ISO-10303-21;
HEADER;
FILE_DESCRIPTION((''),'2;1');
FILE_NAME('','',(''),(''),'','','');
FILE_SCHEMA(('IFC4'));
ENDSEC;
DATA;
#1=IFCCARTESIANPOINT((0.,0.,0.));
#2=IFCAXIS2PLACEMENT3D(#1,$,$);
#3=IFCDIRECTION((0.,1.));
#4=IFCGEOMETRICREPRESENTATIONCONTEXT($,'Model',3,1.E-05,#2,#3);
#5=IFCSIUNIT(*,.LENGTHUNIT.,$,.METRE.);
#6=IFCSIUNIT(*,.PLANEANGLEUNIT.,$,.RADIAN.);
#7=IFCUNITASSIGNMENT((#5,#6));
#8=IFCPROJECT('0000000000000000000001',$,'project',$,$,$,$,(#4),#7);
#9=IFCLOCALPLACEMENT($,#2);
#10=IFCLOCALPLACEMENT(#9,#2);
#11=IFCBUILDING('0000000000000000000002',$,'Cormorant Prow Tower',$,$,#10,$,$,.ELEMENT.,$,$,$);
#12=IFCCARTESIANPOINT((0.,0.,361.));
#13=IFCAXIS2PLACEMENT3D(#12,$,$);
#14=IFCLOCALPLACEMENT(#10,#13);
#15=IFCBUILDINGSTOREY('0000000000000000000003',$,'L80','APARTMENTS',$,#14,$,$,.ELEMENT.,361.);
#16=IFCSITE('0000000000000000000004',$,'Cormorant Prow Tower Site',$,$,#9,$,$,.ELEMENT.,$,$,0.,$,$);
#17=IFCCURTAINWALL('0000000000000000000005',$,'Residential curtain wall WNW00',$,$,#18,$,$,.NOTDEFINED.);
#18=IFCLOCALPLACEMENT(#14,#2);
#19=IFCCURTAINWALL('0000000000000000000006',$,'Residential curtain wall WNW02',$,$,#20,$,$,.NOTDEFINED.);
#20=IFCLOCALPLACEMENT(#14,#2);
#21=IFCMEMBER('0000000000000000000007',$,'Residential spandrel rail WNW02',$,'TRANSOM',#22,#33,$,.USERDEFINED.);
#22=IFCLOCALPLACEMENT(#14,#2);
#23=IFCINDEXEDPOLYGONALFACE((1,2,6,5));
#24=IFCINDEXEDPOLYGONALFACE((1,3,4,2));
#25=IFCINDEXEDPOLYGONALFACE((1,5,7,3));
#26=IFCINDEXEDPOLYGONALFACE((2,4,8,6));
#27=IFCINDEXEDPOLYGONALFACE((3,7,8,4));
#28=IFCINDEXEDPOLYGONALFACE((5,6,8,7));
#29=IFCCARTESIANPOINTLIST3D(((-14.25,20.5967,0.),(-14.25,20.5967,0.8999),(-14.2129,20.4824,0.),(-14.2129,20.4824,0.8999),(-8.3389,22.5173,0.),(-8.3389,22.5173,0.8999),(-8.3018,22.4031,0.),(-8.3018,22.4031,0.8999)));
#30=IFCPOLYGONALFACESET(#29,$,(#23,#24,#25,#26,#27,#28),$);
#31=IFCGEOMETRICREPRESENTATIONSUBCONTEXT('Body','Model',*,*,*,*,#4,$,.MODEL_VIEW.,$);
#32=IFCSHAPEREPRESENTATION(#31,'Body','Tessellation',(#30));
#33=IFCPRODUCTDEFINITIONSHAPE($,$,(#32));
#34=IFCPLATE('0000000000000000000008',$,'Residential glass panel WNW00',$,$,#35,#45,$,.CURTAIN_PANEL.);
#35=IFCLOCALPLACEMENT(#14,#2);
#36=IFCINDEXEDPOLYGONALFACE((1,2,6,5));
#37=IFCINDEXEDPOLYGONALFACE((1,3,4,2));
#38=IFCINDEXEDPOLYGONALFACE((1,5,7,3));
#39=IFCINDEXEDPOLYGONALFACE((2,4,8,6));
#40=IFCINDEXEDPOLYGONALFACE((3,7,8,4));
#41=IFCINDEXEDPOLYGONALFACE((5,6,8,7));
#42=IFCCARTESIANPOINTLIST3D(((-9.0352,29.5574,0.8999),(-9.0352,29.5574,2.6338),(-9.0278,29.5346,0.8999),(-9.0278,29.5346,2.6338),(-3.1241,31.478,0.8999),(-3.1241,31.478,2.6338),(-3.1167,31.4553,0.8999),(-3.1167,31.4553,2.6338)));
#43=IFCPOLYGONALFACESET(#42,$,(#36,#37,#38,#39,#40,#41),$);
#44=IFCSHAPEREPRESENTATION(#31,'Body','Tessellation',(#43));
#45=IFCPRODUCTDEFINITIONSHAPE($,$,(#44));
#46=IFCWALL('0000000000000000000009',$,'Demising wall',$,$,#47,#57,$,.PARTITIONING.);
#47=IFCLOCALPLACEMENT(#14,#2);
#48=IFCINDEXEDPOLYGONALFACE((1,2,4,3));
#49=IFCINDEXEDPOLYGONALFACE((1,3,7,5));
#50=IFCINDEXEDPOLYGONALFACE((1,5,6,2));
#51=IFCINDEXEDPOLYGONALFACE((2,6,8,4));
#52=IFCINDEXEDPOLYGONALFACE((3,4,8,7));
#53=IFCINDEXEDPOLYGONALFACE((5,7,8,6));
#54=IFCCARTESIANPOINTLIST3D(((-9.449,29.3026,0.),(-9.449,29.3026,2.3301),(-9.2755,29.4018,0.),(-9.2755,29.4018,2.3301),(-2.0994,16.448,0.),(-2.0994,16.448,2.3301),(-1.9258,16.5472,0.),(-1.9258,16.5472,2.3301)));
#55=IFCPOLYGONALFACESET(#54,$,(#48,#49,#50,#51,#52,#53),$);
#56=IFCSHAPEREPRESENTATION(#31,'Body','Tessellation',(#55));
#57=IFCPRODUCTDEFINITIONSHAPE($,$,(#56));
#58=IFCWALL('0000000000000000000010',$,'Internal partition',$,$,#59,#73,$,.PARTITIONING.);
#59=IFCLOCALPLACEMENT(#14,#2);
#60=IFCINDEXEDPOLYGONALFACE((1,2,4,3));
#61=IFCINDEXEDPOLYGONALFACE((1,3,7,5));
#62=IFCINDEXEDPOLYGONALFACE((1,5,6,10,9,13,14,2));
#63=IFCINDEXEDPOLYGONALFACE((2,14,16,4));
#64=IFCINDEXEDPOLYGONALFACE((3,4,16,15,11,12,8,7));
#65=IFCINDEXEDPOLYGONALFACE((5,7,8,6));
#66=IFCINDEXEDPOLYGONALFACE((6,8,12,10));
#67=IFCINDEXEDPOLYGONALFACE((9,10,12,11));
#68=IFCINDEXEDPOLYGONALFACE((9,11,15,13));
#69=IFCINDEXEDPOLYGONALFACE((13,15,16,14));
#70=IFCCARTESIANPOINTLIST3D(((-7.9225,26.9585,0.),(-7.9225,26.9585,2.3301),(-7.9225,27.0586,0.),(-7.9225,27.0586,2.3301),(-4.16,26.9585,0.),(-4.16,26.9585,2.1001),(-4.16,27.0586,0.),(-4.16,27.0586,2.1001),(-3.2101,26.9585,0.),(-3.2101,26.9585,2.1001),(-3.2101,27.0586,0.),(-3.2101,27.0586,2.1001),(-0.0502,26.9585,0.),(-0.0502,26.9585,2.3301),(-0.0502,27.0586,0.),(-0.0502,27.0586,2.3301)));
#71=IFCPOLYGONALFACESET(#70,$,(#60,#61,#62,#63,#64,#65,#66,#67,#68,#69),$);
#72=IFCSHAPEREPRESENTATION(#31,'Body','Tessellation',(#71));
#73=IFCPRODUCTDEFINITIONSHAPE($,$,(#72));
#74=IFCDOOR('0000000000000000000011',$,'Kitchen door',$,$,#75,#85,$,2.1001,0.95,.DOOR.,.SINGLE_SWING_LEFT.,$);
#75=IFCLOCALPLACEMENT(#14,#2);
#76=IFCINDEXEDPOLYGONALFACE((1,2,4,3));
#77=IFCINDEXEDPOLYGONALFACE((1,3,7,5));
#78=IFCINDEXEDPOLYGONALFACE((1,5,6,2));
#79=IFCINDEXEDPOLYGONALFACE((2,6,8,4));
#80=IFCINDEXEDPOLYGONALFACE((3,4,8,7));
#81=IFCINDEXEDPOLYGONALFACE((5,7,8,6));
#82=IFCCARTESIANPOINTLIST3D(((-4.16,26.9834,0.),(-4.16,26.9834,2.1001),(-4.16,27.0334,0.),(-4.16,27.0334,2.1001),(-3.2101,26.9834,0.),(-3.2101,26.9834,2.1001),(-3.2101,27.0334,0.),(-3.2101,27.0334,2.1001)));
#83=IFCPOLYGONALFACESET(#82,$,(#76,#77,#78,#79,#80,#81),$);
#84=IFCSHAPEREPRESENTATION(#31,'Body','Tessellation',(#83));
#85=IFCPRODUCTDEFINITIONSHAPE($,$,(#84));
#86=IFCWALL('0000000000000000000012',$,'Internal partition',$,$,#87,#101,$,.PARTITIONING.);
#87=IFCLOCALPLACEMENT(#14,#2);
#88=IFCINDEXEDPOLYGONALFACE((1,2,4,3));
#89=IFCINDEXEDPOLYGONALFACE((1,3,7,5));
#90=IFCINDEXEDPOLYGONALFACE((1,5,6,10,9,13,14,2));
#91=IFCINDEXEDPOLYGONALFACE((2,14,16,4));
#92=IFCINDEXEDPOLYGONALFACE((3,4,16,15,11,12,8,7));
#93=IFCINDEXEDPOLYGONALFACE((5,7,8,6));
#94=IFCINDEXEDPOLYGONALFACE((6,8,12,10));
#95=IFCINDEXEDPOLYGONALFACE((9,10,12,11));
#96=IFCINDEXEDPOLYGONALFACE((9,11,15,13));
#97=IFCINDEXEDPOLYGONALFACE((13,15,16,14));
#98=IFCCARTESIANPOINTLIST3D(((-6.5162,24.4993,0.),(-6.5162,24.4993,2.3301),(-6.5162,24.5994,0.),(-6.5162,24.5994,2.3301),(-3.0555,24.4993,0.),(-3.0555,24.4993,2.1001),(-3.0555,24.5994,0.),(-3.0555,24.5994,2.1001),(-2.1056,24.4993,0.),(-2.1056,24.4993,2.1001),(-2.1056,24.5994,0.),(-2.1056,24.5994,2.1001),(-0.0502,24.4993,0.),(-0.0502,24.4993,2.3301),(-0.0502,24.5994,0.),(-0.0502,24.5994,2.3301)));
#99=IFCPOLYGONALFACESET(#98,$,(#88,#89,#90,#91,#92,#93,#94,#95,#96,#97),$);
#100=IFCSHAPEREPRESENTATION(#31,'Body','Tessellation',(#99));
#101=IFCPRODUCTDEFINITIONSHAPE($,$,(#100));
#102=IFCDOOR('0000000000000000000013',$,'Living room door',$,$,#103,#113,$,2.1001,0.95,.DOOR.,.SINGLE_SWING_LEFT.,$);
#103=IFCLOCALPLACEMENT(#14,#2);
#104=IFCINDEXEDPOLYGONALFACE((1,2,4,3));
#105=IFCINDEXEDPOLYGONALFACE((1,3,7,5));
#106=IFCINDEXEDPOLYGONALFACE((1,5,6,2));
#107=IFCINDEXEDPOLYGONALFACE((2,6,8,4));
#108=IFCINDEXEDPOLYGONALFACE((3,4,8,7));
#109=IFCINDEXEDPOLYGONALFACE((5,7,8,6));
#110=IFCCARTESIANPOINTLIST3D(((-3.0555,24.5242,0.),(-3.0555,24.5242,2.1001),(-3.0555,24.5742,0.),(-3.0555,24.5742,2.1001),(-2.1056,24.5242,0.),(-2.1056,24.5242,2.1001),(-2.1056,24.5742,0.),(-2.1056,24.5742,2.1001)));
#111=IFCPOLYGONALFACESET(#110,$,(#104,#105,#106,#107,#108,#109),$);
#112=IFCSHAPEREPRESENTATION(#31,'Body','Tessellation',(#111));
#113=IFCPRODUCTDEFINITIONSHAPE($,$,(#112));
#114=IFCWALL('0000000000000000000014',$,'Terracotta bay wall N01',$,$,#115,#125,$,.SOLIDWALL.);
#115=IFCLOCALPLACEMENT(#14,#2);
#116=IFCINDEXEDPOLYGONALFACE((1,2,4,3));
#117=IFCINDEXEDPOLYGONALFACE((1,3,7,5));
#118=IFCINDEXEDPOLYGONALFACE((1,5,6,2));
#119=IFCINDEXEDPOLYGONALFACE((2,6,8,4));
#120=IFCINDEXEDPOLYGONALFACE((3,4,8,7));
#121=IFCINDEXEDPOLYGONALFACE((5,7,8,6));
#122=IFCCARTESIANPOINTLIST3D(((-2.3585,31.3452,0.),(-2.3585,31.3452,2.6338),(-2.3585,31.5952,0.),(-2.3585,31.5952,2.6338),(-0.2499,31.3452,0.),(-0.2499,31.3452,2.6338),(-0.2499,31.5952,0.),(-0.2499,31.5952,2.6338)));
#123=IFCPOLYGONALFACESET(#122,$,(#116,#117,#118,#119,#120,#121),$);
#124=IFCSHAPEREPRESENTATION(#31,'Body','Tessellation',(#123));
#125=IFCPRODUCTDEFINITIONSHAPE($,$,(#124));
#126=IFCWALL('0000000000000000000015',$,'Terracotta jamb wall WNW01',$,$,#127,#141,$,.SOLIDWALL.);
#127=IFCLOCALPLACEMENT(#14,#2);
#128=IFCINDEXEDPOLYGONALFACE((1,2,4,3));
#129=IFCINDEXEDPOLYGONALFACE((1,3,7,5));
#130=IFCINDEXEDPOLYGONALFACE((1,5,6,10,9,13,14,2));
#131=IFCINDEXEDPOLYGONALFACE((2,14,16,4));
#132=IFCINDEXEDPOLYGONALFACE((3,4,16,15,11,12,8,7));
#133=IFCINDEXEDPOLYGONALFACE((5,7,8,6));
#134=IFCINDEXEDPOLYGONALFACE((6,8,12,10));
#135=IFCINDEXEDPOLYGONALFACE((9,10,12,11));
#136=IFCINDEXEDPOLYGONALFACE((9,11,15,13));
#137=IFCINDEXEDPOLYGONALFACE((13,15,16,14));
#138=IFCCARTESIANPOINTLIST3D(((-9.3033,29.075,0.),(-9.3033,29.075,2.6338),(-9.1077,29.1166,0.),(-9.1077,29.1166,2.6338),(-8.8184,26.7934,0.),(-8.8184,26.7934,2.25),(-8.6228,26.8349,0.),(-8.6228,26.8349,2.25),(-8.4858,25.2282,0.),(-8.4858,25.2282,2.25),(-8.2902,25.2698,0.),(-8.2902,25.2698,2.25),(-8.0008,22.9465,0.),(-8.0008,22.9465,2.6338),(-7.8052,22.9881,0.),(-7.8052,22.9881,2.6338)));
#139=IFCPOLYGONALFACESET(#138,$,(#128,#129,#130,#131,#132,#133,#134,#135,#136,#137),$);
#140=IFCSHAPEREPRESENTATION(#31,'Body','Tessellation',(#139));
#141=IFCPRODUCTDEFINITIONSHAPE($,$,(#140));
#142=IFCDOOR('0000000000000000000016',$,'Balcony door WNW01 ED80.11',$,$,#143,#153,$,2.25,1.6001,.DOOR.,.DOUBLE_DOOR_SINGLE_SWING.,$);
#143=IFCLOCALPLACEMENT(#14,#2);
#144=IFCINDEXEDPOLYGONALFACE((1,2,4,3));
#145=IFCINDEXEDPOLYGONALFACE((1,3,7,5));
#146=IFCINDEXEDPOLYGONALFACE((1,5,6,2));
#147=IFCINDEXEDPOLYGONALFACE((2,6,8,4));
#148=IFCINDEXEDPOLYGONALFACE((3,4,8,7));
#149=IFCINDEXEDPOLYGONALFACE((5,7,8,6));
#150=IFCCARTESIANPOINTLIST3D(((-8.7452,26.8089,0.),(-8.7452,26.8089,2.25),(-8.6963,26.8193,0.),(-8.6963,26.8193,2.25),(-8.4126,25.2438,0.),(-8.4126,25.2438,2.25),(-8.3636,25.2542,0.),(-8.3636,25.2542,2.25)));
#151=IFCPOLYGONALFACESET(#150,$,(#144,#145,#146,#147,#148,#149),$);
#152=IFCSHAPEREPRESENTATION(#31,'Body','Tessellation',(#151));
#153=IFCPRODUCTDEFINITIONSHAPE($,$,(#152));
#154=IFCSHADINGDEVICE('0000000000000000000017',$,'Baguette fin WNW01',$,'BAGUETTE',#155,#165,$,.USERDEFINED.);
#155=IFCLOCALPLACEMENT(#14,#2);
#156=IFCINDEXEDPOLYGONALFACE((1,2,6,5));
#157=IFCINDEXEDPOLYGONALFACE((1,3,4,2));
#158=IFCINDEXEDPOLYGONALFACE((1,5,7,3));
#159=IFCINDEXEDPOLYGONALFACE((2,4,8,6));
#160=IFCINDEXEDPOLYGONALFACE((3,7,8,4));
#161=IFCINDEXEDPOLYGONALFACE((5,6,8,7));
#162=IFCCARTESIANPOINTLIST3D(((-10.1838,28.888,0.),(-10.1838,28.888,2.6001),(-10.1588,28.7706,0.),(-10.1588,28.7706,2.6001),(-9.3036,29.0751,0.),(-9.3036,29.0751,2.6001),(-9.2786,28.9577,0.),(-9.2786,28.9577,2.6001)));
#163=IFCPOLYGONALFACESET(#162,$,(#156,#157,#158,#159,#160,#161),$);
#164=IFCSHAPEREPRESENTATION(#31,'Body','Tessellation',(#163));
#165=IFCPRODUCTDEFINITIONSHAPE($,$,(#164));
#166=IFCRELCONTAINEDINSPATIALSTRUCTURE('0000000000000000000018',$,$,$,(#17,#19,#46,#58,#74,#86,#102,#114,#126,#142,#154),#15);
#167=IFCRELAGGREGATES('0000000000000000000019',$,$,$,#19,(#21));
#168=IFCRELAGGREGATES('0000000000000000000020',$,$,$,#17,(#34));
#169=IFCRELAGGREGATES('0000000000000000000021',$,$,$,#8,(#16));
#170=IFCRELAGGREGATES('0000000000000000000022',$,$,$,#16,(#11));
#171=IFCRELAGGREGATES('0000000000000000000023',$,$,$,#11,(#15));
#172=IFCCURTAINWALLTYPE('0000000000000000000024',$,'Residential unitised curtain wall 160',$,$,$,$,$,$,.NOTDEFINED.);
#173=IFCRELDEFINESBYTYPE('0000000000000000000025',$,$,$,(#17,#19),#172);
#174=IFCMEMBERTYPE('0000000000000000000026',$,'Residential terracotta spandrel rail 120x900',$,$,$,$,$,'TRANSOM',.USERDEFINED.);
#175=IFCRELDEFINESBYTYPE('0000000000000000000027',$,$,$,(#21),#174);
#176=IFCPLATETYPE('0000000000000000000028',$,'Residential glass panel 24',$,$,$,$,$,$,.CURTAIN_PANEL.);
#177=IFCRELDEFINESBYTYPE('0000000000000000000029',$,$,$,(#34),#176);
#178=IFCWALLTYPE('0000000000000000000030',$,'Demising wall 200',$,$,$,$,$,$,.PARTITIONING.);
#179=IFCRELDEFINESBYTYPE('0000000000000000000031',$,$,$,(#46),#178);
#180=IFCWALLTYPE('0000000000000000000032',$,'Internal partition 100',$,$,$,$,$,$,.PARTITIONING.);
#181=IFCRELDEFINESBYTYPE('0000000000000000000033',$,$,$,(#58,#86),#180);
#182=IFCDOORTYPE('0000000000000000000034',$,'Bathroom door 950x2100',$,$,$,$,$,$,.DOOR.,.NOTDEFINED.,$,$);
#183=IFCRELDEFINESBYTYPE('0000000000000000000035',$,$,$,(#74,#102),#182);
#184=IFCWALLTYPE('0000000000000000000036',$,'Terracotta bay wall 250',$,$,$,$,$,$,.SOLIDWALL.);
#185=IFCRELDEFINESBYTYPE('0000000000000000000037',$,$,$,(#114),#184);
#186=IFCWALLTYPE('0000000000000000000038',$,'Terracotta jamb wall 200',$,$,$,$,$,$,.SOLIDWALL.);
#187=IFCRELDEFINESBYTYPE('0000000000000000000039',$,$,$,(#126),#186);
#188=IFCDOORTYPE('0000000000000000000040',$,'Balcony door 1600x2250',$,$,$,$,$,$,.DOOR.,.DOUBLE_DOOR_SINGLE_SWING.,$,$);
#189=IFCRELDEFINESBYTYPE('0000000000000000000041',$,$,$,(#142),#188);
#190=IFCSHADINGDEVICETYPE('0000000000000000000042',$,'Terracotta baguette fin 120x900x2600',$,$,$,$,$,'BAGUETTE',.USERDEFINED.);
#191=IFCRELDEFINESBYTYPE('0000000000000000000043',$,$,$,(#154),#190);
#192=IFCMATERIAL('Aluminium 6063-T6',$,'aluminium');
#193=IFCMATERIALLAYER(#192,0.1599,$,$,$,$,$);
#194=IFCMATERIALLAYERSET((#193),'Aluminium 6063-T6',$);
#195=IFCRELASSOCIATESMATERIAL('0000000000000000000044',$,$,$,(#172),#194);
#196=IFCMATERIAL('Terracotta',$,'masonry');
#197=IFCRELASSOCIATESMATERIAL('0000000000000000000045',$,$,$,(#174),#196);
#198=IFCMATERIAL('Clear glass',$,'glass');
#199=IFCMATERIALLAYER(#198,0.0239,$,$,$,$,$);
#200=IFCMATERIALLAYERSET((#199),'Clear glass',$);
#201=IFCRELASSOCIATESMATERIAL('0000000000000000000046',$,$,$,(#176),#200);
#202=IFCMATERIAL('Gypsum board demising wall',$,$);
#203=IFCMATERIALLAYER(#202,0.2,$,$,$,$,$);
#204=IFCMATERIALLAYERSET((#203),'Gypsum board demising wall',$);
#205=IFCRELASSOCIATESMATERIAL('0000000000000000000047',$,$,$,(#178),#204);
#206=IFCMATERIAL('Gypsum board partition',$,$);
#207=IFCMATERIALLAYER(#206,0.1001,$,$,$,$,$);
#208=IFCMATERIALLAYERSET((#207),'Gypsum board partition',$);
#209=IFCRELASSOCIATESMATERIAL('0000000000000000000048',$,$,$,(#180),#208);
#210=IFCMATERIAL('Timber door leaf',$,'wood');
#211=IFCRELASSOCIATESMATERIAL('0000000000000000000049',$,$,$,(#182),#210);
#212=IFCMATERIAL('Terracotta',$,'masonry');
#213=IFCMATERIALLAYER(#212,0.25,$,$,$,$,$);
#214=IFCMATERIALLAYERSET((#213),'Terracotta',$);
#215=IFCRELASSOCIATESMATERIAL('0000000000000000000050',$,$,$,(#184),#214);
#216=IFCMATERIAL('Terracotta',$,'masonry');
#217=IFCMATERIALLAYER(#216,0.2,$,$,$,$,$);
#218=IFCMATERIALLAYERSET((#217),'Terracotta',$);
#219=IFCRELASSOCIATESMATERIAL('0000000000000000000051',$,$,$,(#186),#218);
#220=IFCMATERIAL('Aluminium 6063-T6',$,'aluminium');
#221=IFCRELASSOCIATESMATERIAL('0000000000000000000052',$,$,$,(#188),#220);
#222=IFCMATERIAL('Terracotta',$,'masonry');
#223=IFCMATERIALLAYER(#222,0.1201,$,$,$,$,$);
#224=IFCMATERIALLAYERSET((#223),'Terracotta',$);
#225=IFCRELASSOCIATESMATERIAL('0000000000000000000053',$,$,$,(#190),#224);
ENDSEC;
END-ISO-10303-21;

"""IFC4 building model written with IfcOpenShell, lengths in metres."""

from ifc_helpers import new_model, si_unit, direction, frame, frame_2d, origin, origin_2d, place, context, subcontext, project, spatial, rectangle, extrude, material, layer, layer_set, material_profile, profile_set, type_object, element, fill, aggregate, save


model = new_model("IFC4")

# Units and contexts
model_context = context("Model", 3, precision=1e-05, world=origin(), true_north=direction((0.0, 1.0)))
body_context = subcontext(model_context, "Body", "Model", "MODEL_VIEW")
ifc_project = project(units=[si_unit("LENGTHUNIT", "METRE"), si_unit("PLANEANGLEUNIT", "RADIAN")], contexts=[model_context])

# Site, building, storey
site_placement = place(None, origin())
site = spatial("IfcSite", under=ifc_project, at=site_placement, Name="Cormorant Prow Tower Site", CompositionType="ELEMENT", RefElevation=0.0)
building_placement = place(site_placement, origin())
building = spatial("IfcBuilding", under=site, at=building_placement, Name="Cormorant Prow Tower", CompositionType="ELEMENT")
storey_placement = place(building_placement, frame((0.0, 0.0, 361.0)))
storey = spatial("IfcBuildingStorey", under=building, at=storey_placement, Name="L80", Description="APARTMENTS", CompositionType="ELEMENT", Elevation=361.0)

# Curtain walls
ifc_material_1 = material(Name="Aluminium 6063-T6", Category="aluminium")
ifc_layer_1 = layer(ifc_material_1, 0.1599)
ifc_layer_set_1 = layer_set([ifc_layer_1], Name="Aluminium 6063-T6")
curtain_wall_type = type_object("IfcCurtainWallType", Name="Residential unitised curtain wall 160", PredefinedType="NOTDEFINED", material=ifc_layer_set_1)
curtain_wall_1_placement = place(storey_placement, origin())
curtain_wall_1 = element("IfcCurtainWall", 1, at=curtain_wall_1_placement, inside=storey, type_object=curtain_wall_type, Name="Residential curtain wall WNW00", PredefinedType="NOTDEFINED")
curtain_wall_2_placement = place(storey_placement, origin())
curtain_wall_2 = element("IfcCurtainWall", 2, at=curtain_wall_2_placement, inside=storey, type_object=curtain_wall_type, Name="Residential curtain wall WNW02", PredefinedType="NOTDEFINED")

# Member
ifc_material_2 = material(Name="Terracotta", Category="masonry")
ifc_material_profile_1 = material_profile(ifc_material_2, rectangle(XDim=0.1201, YDim=0.8999, at=origin_2d()), Name="Residential terracotta spandrel rail 120x900")
ifc_profile_set_1 = profile_set([ifc_material_profile_1], Name="Terracotta")
member_type_1 = type_object("IfcMemberType", Name="Residential terracotta spandrel rail 120x900", ElementType="TRANSOM", PredefinedType="USERDEFINED", material=ifc_profile_set_1)
member_1_placement = place(storey_placement, frame((-8.3203, 22.4602, 0.45), z_axis=(-0.951056, -0.309019, 0.0), x_axis=(0.309019, -0.951056, 0.0)))
member_1 = element("IfcMember", 3, at=member_1_placement, type_object=member_type_1, Name="Residential spandrel rail WNW02", ObjectType="TRANSOM", PredefinedType="USERDEFINED", context=body_context, shape_type="SweptSolid", body=[
    extrude(rectangle(XDim=0.1201, YDim=0.8999, at=origin_2d()), origin(), (0.0, 0.0, 1.0), 6.2153),
])
aggregate(curtain_wall_2, [member_1])

# Plate
ifc_material_3 = material(Name="Clear glass", Category="glass")
ifc_layer_2 = layer(ifc_material_3, 0.0239)
ifc_layer_set_2 = layer_set([ifc_layer_2], Name="Clear glass")
plate_type = type_object("IfcPlateType", Name="Residential glass panel 24", PredefinedType="CURTAIN_PANEL", material=ifc_layer_set_2)
plate_placement = place(storey_placement, frame((-6.0759, 30.5063, 0.8999), z_axis=(0.0, 0.0, 1.0), x_axis=(-0.951057, -0.309017, 0.0)))
plate = element("IfcPlate", 4, at=plate_placement, type_object=plate_type, Name="Residential glass panel WNW00", PredefinedType="CURTAIN_PANEL", context=body_context, shape_type="SweptSolid", body=[
    extrude(rectangle(XDim=6.2153, YDim=0.0239, at=origin_2d()), origin(), (0.0, 0.0, 1.0), 1.7339),
])
aggregate(curtain_wall_1, [plate])

# Wall
ifc_material_4 = material(Name="Gypsum board demising wall")
ifc_layer_3 = layer(ifc_material_4, 0.2)
ifc_layer_set_3 = layer_set([ifc_layer_3], Name="Gypsum board demising wall")
wall_type_1 = type_object("IfcWallType", Name="Demising wall 200", PredefinedType="PARTITIONING", material=ifc_layer_set_3)
wall_1_placement = place(storey_placement, frame((-9.3623, 29.3523, 0.0), z_axis=(0.0, 0.0, 1.0), x_axis=(0.496352, -0.868121, 0.0)))
element("IfcWall", 5, at=wall_1_placement, inside=storey, type_object=wall_type_1, Name="Demising wall", PredefinedType="PARTITIONING", context=body_context, shape_type="SweptSolid", body=[
    extrude(rectangle(XDim=14.8074, YDim=0.2, at=frame_2d((7.4038, 0.0))), origin(), (0.0, 0.0, 1.0), 2.3301),
])

# Walls, openings, doors
ifc_material_5 = material(Name="Gypsum board partition")
ifc_layer_4 = layer(ifc_material_5, 0.1001)
ifc_layer_set_4 = layer_set([ifc_layer_4], Name="Gypsum board partition")
wall_type_2 = type_object("IfcWallType", Name="Internal partition 100", PredefinedType="PARTITIONING", material=ifc_layer_set_4)
wall_2_placement = place(storey_placement, frame((-7.9224, 27.0085, 0.0), z_axis=(0.0, 0.0, 1.0), x_axis=(1.0, 0.0, 0.0)))
wall_2 = element("IfcWall", 6, at=wall_2_placement, inside=storey, type_object=wall_type_2, Name="Internal partition", PredefinedType="PARTITIONING", context=body_context, shape_type="SweptSolid", body=[
    extrude(rectangle(XDim=7.8723, YDim=0.1001, at=frame_2d((3.936, 0.0))), origin(), (0.0, 0.0, 1.0), 2.3301),
])
opening_1_placement = place(wall_2_placement, frame((3.7622, 0.0, 0.0)))
opening_1 = element("IfcOpeningElement", 7, at=opening_1_placement, cuts=wall_2, PredefinedType="OPENING", context=body_context, shape_type="SweptSolid", body=[
    extrude(rectangle(XDim=0.95, YDim=2.1001, at=frame_2d((0.4751, 1.05))), frame((0.0, 0.0601, 0.0), z_axis=(0.0, -1.0, 0.0), x_axis=(1.0, 0.0, 0.0)), (0.0, 0.0, 1.0), 0.1201),
])
ifc_material_6 = material(Name="Timber door leaf", Category="wood")
door_type_1 = type_object("IfcDoorType", Name="Bathroom door 950x2100", OperationType="NOTDEFINED", PredefinedType="DOOR", material=ifc_material_6)
door_1_placement = place(opening_1_placement, origin())
door_1 = element("IfcDoor", 8, at=door_1_placement, inside=storey, type_object=door_type_1, Name="Kitchen door", OperationType="SINGLE_SWING_LEFT", OverallHeight=2.1001, OverallWidth=0.95, PredefinedType="DOOR", context=body_context, shape_type="SweptSolid", body=[
    extrude(rectangle(XDim=0.95, YDim=2.1001, at=frame_2d((0.4751, 1.05))), frame((0.0, 0.0249, 0.0), z_axis=(0.0, -1.0, 0.0), x_axis=(1.0, 0.0, 0.0)), (0.0, 0.0, 1.0), 0.05),
])
fill(opening_1, door_1)
wall_3_placement = place(storey_placement, frame((-6.5161, 24.5493, 0.0), z_axis=(0.0, 0.0, 1.0), x_axis=(1.0, 0.0, 0.0)))
wall_3 = element("IfcWall", 9, at=wall_3_placement, inside=storey, type_object=wall_type_2, Name="Internal partition", PredefinedType="PARTITIONING", context=body_context, shape_type="SweptSolid", body=[
    extrude(rectangle(XDim=6.4661, YDim=0.1001, at=frame_2d((3.2329, 0.0))), origin(), (0.0, 0.0, 1.0), 2.3301),
])
opening_2_placement = place(wall_3_placement, frame((3.4604, 0.0, 0.0)))
opening_2 = element("IfcOpeningElement", 10, at=opening_2_placement, cuts=wall_3, PredefinedType="OPENING", context=body_context, shape_type="SweptSolid", body=[
    extrude(rectangle(XDim=0.95, YDim=2.1001, at=frame_2d((0.4751, 1.05))), frame((0.0, 0.0601, 0.0), z_axis=(0.0, -1.0, 0.0), x_axis=(1.0, 0.0, 0.0)), (0.0, 0.0, 1.0), 0.1201),
])
door_2_placement = place(opening_2_placement, origin())
door_2 = element("IfcDoor", 11, at=door_2_placement, inside=storey, type_object=door_type_1, Name="Living room door", OperationType="SINGLE_SWING_LEFT", OverallHeight=2.1001, OverallWidth=0.95, PredefinedType="DOOR", context=body_context, shape_type="SweptSolid", body=[
    extrude(rectangle(XDim=0.95, YDim=2.1001, at=frame_2d((0.4751, 1.05))), frame((0.0, 0.0249, 0.0), z_axis=(0.0, -1.0, 0.0), x_axis=(1.0, 0.0, 0.0)), (0.0, 0.0, 1.0), 0.05),
])
fill(opening_2, door_2)

# Wall
ifc_material_7 = material(Name="Terracotta", Category="masonry")
ifc_layer_5 = layer(ifc_material_7, 0.25)
ifc_layer_set_5 = layer_set([ifc_layer_5], Name="Terracotta")
wall_type_3 = type_object("IfcWallType", Name="Terracotta bay wall 250", PredefinedType="SOLIDWALL", material=ifc_layer_set_5)
wall_4_placement = place(storey_placement, frame((-0.25, 31.4702, 0.0), z_axis=(0.0, 0.0, 1.0), x_axis=(-1.0, 0.0, 0.0)))
element("IfcWall", 12, at=wall_4_placement, inside=storey, type_object=wall_type_3, Name="Terracotta bay wall N01", PredefinedType="SOLIDWALL", context=body_context, shape_type="SweptSolid", body=[
    extrude(rectangle(XDim=2.1086, YDim=0.25, at=frame_2d((1.0542, 0.0))), origin(), (0.0, 0.0, 1.0), 2.6338),
])

# Wall, opening, door
ifc_material_8 = material(Name="Terracotta", Category="masonry")
ifc_layer_6 = layer(ifc_material_8, 0.2)
ifc_layer_set_6 = layer_set([ifc_layer_6], Name="Terracotta")
wall_type_4 = type_object("IfcWallType", Name="Terracotta jamb wall 200", PredefinedType="SOLIDWALL", material=ifc_layer_set_6)
wall_5_placement = place(storey_placement, frame((-9.2056, 29.0959, 0.0), z_axis=(0.0, 0.0, 1.0), x_axis=(0.20789, -0.978152, 0.0)))
wall_5 = element("IfcWall", 13, at=wall_5_placement, inside=storey, type_object=wall_type_4, Name="Terracotta jamb wall WNW01", PredefinedType="SOLIDWALL", context=body_context, shape_type="SweptSolid", body=[
    extrude(rectangle(XDim=6.2654, YDim=0.2, at=frame_2d((3.1328, 0.0))), origin(), (0.0, 0.0, 1.0), 2.6338),
])
opening_3_placement = place(wall_5_placement, frame((2.3328, 0.0, 0.0)))
opening_3 = element("IfcOpeningElement", 14, at=opening_3_placement, cuts=wall_5, PredefinedType="OPENING", context=body_context, shape_type="SweptSolid", body=[
    extrude(rectangle(XDim=1.6001, YDim=2.25, at=frame_2d((0.8, 1.125))), frame((0.0, 0.1099, 0.0), z_axis=(0.0, -1.0, 0.0), x_axis=(1.0, 0.0, 0.0)), (0.0, 0.0, 1.0), 0.22),
])
ifc_material_9 = material(Name="Aluminium 6063-T6", Category="aluminium")
door_type_2 = type_object("IfcDoorType", Name="Balcony door 1600x2250", OperationType="DOUBLE_DOOR_SINGLE_SWING", PredefinedType="DOOR", material=ifc_material_9)
door_3_placement = place(opening_3_placement, origin())
door_3 = element("IfcDoor", 15, at=door_3_placement, inside=storey, type_object=door_type_2, Name="Balcony door WNW01 ED80.11", OperationType="DOUBLE_DOOR_SINGLE_SWING", OverallHeight=2.25, OverallWidth=1.6001, PredefinedType="DOOR", context=body_context, shape_type="SweptSolid", body=[
    extrude(rectangle(XDim=1.6001, YDim=2.25, at=frame_2d((0.8, 1.125))), frame((0.0, 0.0249, 0.0), z_axis=(0.0, -1.0, 0.0), x_axis=(1.0, 0.0, 0.0)), (0.0, 0.0, 1.0), 0.05),
])
fill(opening_3, door_3)

# Shading device
ifc_material_10 = material(Name="Terracotta", Category="masonry")
ifc_layer_7 = layer(ifc_material_10, 0.1201)
ifc_layer_set_7 = layer_set([ifc_layer_7], Name="Terracotta")
shading_device_type = type_object("IfcShadingDeviceType", Name="Terracotta baguette fin 120x900x2600", ElementType="BAGUETTE", PredefinedType="USERDEFINED", material=ifc_layer_set_7)
shading_device_placement = place(storey_placement, frame((-9.7312, 28.9229, 0.0), z_axis=(0.0, 0.0, 1.0), x_axis=(0.207912, -0.978148, 0.0)))
element("IfcShadingDevice", 16, at=shading_device_placement, inside=storey, type_object=shading_device_type, Name="Baguette fin WNW01", ObjectType="BAGUETTE", PredefinedType="USERDEFINED", context=body_context, shape_type="SweptSolid", body=[
    extrude(rectangle(XDim=0.1201, YDim=0.8999, at=origin_2d()), origin(), (0.0, 0.0, 1.0), 2.6001),
])

save(model, "model.ifc")
